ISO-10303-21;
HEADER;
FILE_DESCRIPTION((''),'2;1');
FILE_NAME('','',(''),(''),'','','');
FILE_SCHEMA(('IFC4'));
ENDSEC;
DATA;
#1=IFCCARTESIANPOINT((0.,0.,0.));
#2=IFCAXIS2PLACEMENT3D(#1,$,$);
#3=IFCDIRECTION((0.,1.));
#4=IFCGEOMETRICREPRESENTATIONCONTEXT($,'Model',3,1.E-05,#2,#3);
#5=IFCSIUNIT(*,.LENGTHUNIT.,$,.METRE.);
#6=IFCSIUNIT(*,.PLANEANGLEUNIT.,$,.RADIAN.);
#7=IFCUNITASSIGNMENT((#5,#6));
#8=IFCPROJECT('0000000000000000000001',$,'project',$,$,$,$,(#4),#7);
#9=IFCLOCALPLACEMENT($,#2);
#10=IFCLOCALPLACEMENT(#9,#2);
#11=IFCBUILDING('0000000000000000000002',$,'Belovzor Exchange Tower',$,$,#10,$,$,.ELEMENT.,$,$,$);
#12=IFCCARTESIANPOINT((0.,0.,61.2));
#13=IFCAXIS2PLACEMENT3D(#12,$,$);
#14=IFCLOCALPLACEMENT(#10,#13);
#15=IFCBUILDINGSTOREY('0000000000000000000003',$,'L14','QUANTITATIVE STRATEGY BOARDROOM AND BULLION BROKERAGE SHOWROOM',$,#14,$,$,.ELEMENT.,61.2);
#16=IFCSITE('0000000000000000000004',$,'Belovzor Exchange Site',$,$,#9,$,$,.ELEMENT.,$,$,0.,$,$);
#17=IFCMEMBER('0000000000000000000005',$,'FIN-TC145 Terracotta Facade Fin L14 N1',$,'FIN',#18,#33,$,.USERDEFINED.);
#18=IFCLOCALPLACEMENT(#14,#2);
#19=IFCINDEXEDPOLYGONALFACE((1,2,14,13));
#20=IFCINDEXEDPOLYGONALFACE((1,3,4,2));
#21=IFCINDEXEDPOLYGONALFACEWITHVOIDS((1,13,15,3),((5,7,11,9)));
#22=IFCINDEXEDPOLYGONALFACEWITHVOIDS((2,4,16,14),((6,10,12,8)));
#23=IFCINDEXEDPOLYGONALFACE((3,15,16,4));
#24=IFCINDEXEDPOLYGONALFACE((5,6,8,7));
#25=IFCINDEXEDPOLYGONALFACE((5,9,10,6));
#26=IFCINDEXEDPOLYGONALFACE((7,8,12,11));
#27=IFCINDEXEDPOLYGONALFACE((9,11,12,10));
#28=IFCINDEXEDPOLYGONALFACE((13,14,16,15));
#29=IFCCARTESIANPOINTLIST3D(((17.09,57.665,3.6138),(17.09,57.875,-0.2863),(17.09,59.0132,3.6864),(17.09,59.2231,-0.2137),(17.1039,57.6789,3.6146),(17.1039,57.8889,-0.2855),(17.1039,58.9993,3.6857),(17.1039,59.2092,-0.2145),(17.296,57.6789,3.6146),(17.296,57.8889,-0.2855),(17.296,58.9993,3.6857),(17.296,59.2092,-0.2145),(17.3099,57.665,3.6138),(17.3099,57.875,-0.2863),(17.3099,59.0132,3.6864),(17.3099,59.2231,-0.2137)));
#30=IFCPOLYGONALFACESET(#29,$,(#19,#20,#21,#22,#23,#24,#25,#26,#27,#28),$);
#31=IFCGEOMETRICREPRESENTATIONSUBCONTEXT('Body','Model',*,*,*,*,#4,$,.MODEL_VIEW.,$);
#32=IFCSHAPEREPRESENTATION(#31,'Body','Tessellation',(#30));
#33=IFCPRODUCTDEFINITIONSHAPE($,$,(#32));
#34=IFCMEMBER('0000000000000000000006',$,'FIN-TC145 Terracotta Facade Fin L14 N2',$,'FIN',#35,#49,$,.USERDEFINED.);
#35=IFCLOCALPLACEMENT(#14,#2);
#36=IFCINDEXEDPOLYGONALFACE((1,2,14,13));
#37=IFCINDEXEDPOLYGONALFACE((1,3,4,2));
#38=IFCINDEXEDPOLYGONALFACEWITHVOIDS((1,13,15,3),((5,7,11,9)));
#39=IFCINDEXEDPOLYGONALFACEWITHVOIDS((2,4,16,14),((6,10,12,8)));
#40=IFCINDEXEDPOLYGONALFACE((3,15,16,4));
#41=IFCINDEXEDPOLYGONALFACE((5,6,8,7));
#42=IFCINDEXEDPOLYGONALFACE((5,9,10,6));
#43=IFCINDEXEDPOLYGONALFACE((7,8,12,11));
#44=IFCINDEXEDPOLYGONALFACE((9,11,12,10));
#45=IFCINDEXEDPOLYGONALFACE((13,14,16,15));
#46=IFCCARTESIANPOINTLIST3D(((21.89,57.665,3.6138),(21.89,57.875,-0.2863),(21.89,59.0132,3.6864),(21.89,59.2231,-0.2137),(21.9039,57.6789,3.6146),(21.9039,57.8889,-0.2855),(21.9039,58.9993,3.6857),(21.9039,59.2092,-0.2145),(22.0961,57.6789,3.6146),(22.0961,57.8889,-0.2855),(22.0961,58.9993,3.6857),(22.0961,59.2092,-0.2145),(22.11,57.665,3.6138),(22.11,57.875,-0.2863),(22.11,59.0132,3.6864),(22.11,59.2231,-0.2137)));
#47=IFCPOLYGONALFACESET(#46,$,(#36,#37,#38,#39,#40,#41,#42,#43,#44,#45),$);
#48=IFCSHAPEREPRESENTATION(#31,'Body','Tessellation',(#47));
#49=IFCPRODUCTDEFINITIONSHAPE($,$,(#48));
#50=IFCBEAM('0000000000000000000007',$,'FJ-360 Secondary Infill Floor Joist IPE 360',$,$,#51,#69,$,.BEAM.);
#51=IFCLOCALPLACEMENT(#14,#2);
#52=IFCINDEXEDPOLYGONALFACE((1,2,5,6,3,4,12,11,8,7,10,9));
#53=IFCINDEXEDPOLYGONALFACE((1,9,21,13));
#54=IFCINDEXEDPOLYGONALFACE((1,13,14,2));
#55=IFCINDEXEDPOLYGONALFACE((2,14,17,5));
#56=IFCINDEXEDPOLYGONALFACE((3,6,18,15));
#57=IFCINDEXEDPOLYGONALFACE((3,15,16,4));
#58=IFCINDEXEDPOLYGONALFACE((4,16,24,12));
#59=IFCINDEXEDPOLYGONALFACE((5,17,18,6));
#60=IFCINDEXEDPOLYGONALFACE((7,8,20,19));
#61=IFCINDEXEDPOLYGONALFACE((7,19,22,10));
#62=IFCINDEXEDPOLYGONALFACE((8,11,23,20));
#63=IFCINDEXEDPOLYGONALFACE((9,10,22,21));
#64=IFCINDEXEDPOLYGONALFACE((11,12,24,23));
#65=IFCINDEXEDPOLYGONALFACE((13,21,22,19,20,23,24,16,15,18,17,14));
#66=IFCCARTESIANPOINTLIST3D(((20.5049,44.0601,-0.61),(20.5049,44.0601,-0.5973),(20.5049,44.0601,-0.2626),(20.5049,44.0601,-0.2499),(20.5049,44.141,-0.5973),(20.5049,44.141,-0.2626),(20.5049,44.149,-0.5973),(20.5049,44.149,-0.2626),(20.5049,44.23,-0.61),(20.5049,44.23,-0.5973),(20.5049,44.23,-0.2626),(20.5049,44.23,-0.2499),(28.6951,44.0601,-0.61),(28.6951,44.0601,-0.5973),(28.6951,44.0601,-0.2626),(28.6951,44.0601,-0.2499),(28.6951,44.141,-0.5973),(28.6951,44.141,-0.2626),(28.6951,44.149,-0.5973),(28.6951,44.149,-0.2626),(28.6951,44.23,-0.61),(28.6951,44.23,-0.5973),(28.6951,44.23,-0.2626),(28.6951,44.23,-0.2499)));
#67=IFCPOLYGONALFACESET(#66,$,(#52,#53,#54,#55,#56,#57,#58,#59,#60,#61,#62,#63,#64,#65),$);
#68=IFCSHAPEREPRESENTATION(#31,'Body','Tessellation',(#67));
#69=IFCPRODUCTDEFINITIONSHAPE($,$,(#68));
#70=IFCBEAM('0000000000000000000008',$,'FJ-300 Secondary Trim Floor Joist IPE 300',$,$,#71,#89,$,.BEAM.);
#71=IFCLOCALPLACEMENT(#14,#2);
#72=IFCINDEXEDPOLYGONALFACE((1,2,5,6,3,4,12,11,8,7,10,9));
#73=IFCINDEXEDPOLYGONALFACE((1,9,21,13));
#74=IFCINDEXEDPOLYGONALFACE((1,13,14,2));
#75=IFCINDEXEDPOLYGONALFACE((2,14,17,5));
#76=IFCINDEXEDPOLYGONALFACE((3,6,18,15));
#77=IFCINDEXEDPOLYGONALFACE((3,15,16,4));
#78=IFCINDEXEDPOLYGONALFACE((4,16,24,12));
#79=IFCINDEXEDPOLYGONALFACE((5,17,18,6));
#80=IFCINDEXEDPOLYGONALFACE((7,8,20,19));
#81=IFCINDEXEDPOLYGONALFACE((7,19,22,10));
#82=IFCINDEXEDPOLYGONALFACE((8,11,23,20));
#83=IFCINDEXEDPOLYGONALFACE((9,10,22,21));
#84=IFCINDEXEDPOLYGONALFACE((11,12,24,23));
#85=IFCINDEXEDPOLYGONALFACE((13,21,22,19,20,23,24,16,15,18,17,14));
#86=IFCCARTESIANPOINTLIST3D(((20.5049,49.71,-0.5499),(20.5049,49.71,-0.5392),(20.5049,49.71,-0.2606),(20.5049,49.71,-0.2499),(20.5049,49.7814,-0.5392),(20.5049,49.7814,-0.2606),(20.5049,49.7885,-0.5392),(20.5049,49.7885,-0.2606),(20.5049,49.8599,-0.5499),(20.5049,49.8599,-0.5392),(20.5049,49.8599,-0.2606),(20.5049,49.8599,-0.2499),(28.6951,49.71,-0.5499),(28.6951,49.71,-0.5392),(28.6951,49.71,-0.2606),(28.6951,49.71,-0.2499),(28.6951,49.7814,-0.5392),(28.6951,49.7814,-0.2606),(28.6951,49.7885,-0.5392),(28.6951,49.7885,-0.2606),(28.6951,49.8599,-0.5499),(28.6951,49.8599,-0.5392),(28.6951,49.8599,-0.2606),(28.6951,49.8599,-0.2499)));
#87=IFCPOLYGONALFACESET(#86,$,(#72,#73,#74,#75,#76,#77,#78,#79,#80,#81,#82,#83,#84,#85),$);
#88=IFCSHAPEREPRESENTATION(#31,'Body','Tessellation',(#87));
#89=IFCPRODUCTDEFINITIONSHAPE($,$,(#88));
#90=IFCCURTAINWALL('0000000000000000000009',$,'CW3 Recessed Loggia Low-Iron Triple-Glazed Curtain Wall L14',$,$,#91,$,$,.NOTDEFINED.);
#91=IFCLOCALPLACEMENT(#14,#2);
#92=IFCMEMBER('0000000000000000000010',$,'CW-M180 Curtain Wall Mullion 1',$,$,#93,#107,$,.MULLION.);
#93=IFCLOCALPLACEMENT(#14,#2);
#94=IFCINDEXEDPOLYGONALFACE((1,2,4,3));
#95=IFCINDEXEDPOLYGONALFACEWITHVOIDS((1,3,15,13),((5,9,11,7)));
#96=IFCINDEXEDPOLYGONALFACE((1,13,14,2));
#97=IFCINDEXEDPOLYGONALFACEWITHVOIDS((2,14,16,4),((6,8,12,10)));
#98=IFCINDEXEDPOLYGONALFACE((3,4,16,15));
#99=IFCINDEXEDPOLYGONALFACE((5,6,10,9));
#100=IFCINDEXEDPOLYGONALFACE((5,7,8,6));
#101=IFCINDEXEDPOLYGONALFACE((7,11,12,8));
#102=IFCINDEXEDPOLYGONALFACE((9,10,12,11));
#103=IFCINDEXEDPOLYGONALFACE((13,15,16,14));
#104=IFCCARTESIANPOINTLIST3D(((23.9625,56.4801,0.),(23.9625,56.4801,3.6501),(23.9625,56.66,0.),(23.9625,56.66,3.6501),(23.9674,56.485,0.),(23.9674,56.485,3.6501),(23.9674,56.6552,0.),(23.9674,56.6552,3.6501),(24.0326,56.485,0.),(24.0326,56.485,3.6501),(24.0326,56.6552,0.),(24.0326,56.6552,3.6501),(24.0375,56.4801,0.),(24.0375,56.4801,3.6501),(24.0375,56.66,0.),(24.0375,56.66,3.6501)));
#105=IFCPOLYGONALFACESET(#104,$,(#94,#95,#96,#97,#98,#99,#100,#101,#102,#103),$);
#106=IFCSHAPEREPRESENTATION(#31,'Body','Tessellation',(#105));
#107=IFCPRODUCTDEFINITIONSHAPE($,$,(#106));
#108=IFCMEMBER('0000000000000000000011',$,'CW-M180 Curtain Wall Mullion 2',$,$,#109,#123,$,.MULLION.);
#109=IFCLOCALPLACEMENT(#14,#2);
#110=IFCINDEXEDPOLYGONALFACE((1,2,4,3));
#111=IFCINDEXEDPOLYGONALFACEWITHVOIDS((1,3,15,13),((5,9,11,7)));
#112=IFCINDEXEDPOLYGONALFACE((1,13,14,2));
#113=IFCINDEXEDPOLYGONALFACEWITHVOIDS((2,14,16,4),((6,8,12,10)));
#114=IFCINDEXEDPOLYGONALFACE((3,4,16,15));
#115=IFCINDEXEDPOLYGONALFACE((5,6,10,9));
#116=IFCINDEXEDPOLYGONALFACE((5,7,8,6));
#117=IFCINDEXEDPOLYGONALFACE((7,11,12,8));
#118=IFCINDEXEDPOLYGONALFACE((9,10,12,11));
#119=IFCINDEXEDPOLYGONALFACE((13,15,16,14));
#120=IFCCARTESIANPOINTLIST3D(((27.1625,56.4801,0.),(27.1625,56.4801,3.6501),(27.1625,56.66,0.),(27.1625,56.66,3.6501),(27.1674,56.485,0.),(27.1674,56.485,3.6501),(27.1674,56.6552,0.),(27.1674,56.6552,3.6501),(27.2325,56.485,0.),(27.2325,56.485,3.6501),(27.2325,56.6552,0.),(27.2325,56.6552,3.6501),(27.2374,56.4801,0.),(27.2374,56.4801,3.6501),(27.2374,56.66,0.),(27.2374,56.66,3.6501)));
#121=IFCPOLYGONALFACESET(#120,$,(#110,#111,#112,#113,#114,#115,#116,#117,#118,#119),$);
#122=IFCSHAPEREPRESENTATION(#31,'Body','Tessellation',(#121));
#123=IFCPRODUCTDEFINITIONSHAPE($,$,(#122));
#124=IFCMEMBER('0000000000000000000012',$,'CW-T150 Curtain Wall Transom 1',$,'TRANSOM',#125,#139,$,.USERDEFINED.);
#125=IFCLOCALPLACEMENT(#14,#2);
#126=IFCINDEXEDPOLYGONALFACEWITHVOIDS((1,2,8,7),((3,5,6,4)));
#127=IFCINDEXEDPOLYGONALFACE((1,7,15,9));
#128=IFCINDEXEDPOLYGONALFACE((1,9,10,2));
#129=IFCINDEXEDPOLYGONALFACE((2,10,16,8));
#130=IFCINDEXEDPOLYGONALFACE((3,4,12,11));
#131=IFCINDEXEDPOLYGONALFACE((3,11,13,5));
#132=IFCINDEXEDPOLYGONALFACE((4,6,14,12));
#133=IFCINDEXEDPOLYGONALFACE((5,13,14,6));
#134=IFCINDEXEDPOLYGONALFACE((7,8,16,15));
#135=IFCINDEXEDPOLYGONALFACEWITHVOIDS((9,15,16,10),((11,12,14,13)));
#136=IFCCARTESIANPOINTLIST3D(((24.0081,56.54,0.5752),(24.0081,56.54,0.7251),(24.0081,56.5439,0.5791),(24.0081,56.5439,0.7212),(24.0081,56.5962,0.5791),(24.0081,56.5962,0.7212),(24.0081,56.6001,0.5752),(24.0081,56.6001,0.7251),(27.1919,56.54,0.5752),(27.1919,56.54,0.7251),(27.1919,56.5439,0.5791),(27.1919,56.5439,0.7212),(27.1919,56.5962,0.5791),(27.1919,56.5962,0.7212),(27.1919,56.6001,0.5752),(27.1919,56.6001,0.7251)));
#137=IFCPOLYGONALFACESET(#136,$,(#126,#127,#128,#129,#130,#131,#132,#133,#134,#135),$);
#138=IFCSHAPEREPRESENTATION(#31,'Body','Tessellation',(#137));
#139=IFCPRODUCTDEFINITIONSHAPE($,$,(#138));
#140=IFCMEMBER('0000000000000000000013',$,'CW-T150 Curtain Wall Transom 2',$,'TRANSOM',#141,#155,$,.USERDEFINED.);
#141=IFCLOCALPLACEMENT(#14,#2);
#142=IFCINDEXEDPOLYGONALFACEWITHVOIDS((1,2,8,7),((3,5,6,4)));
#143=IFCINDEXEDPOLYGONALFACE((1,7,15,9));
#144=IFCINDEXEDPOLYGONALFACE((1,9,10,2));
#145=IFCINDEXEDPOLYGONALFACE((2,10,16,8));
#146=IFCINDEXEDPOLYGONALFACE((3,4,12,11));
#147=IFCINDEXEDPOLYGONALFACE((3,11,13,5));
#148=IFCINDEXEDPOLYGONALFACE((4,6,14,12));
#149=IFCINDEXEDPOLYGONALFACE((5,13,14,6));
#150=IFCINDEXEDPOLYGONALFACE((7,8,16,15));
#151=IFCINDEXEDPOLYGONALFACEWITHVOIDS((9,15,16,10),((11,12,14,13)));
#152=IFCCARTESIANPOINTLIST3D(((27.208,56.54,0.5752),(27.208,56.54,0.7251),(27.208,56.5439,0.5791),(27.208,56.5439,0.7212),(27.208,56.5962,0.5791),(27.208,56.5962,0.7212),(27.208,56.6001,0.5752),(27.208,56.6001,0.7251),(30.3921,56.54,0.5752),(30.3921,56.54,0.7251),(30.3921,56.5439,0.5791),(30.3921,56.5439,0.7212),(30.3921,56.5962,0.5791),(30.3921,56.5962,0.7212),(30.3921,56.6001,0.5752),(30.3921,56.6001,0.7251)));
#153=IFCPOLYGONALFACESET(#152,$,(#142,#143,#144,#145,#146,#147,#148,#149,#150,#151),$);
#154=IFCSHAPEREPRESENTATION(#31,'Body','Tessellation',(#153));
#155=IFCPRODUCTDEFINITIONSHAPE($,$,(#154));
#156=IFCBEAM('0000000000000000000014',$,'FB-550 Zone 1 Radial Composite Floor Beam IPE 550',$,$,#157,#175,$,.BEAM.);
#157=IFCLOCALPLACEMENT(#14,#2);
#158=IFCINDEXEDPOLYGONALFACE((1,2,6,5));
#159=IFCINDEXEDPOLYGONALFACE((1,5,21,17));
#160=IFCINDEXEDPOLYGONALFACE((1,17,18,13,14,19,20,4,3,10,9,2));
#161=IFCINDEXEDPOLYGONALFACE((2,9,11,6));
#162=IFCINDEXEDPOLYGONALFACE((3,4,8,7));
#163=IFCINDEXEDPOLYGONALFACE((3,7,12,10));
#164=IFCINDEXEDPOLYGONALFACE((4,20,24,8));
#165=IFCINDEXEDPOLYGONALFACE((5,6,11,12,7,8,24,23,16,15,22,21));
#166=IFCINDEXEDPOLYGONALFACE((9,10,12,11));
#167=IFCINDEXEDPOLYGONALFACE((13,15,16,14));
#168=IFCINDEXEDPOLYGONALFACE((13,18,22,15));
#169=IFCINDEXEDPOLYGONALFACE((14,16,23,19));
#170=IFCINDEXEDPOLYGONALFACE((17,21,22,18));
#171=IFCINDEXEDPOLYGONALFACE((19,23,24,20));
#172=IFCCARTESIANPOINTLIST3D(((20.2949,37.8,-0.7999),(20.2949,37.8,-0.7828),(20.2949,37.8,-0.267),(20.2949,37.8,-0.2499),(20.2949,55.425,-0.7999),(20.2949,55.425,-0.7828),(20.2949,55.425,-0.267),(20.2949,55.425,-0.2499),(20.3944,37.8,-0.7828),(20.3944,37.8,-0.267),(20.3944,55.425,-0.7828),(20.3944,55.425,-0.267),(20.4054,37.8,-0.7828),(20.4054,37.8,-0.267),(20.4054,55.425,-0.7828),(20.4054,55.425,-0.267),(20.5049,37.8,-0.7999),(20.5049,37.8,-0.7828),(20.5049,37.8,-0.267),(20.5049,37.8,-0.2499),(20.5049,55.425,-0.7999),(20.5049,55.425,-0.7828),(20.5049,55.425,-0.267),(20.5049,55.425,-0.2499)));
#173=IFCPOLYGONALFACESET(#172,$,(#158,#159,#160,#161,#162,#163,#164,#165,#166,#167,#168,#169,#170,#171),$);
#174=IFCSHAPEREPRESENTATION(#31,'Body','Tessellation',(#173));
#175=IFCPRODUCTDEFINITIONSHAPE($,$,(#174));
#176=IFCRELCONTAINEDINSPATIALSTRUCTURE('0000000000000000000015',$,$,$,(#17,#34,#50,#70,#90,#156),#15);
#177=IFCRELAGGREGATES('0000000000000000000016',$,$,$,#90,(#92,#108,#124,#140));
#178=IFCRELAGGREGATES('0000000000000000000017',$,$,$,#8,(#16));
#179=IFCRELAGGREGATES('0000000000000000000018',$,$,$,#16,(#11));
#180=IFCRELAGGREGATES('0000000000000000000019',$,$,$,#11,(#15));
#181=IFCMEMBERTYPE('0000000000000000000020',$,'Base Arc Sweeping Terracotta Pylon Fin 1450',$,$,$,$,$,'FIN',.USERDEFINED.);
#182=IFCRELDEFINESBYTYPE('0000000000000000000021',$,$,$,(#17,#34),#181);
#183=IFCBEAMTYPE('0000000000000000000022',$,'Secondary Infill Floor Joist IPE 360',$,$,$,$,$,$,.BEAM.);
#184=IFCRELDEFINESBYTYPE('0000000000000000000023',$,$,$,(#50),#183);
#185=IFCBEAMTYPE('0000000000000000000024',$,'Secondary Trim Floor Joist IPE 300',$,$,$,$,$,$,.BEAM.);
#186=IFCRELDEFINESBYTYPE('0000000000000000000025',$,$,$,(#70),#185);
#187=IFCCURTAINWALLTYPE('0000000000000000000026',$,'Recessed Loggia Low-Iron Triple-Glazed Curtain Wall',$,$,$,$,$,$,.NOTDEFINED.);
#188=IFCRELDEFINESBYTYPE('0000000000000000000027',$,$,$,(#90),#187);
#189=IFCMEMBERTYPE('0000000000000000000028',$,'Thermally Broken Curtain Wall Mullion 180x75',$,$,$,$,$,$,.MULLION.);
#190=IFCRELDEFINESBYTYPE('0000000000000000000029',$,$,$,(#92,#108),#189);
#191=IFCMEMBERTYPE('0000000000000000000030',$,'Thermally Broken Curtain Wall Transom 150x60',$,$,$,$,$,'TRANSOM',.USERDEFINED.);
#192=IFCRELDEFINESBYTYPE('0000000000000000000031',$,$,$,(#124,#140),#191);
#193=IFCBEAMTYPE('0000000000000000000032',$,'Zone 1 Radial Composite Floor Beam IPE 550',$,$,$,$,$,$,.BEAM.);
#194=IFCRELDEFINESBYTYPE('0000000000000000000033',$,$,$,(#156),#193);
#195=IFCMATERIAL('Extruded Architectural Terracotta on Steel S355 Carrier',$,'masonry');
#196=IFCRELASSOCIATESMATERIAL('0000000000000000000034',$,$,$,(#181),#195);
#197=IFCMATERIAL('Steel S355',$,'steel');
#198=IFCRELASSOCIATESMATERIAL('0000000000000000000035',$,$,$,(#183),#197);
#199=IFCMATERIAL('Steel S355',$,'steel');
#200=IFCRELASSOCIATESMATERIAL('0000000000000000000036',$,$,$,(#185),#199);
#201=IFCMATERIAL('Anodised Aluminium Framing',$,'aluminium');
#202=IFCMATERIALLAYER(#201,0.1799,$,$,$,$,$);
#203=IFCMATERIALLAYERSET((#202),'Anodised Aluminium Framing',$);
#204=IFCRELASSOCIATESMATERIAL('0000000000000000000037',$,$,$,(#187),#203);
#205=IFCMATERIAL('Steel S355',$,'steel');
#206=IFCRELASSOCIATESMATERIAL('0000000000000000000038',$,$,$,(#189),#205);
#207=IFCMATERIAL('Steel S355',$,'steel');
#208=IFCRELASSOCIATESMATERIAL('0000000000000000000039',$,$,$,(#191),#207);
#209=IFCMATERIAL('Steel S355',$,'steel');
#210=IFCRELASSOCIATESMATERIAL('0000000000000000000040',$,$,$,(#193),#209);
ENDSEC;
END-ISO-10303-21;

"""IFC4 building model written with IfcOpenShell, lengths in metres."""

from ifc_helpers import new_model, si_unit, direction, frame, origin, origin_2d, place, context, subcontext, project, spatial, hollow_rectangle, i_section, extrude, material, layer, layer_set, material_profile, profile_set, type_object, element, aggregate, save


model = new_model("IFC4")

# Units and contexts
model_context = context("Model", 3, precision=1e-05, world=origin(), true_north=direction((0.0, 1.0)))
body_context = subcontext(model_context, "Body", "Model", "MODEL_VIEW")
ifc_project = project(units=[si_unit("LENGTHUNIT", "METRE"), si_unit("PLANEANGLEUNIT", "RADIAN")], contexts=[model_context])

# Site, building, storey
site_placement = place(None, origin())
site = spatial("IfcSite", under=ifc_project, at=site_placement, Name="Belovzor Exchange Site", CompositionType="ELEMENT", RefElevation=0.0)
building_placement = place(site_placement, origin())
building = spatial("IfcBuilding", under=site, at=building_placement, Name="Belovzor Exchange Tower", CompositionType="ELEMENT")
storey_placement = place(building_placement, frame((0.0, 0.0, 61.2)))
storey = spatial("IfcBuildingStorey", under=building, at=storey_placement, Name="L14", Description="QUANTITATIVE STRATEGY BOARDROOM AND BULLION BROKERAGE SHOWROOM", CompositionType="ELEMENT", Elevation=61.2)

# Members
ifc_material_1 = material(Name="Extruded Architectural Terracotta on Steel S355 Carrier", Category="masonry")
ifc_material_profile_1 = material_profile(ifc_material_1, hollow_rectangle(XDim=0.22, YDim=1.3501, WallThickness=0.0139, at=origin_2d()))
ifc_profile_set_1 = profile_set([ifc_material_profile_1], Name="Extruded Architectural Terracotta on Steel S355 Carrier")
member_type_1 = type_object("IfcMemberType", Name="Base Arc Sweeping Terracotta Pylon Fin 1450", ElementType="FIN", PredefinedType="USERDEFINED", material=ifc_profile_set_1)
for number, where, z_axis, x_axis, name in (
    (1, (17.2, 58.5491, -0.25), (0.0, -0.053756, 0.998554), (1.0, 0.0, 0.0), "FIN-TC145 Terracotta Facade Fin L14 N1"),
    (2, (22.0, 58.5491, -0.25), (0.0, -0.053756, 0.998554), (1.0, 0.0, 0.0), "FIN-TC145 Terracotta Facade Fin L14 N2"),
):
    element("IfcMember", number, at=place(storey_placement, frame(where, z_axis=z_axis, x_axis=x_axis)), inside=storey, type_object=member_type_1, Name=name, ObjectType="FIN", PredefinedType="USERDEFINED", context=body_context, shape_type="SweptSolid", body=[
        extrude(hollow_rectangle(XDim=0.22, YDim=1.3501, WallThickness=0.0139, at=origin_2d()), origin(), (0.0, 0.0, 1.0), 3.9058),
    ])

# Beams
ifc_material_2 = material(Name="Steel S355", Category="steel")
ifc_material_profile_2 = material_profile(ifc_material_2, i_section(OverallWidth=0.1699, OverallDepth=0.3601, WebThickness=0.0081, FlangeThickness=0.0127, at=origin_2d()))
ifc_profile_set_2 = profile_set([ifc_material_profile_2], Name="Steel S355")
beam_type_1 = type_object("IfcBeamType", Name="Secondary Infill Floor Joist IPE 360", PredefinedType="BEAM", material=ifc_profile_set_2)
beam_1_placement = place(storey_placement, frame((20.5049, 44.145, -0.4299), z_axis=(1.0, 0.0, 0.0), x_axis=(0.0, 1.0, 0.0)))
element("IfcBeam", 3, at=beam_1_placement, inside=storey, type_object=beam_type_1, Name="FJ-360 Secondary Infill Floor Joist IPE 360", PredefinedType="BEAM", context=body_context, shape_type="SweptSolid", body=[
    extrude(i_section(OverallWidth=0.1699, OverallDepth=0.3601, WebThickness=0.0081, FlangeThickness=0.0127, at=origin_2d()), origin(), (0.0, 0.0, 1.0), 8.1902),
])
ifc_material_3 = material(Name="Steel S355", Category="steel")
ifc_material_profile_3 = material_profile(ifc_material_3, i_section(OverallWidth=0.1499, OverallDepth=0.3, WebThickness=0.0071, FlangeThickness=0.0107, at=origin_2d()))
ifc_profile_set_3 = profile_set([ifc_material_profile_3], Name="Steel S355")
beam_type_2 = type_object("IfcBeamType", Name="Secondary Trim Floor Joist IPE 300", PredefinedType="BEAM", material=ifc_profile_set_3)
beam_2_placement = place(storey_placement, frame((20.5049, 49.7849, -0.3999), z_axis=(1.0, 0.0, 0.0), x_axis=(0.0, 1.0, 0.0)))
element("IfcBeam", 4, at=beam_2_placement, inside=storey, type_object=beam_type_2, Name="FJ-300 Secondary Trim Floor Joist IPE 300", PredefinedType="BEAM", context=body_context, shape_type="SweptSolid", body=[
    extrude(i_section(OverallWidth=0.1499, OverallDepth=0.3, WebThickness=0.0071, FlangeThickness=0.0107, at=origin_2d()), origin(), (0.0, 0.0, 1.0), 8.1902),
])

# Curtain wall, members
ifc_material_4 = material(Name="Anodised Aluminium Framing", Category="aluminium")
ifc_layer_1 = layer(ifc_material_4, 0.1799)
ifc_layer_set_1 = layer_set([ifc_layer_1], Name="Anodised Aluminium Framing")
curtain_wall_type = type_object("IfcCurtainWallType", Name="Recessed Loggia Low-Iron Triple-Glazed Curtain Wall", PredefinedType="NOTDEFINED", material=ifc_layer_set_1)
curtain_wall_placement = place(storey_placement, origin())
curtain_wall = element("IfcCurtainWall", 5, at=curtain_wall_placement, inside=storey, type_object=curtain_wall_type, Name="CW3 Recessed Loggia Low-Iron Triple-Glazed Curtain Wall L14", PredefinedType="NOTDEFINED")
ifc_material_5 = material(Name="Steel S355", Category="steel")
ifc_material_profile_4 = material_profile(ifc_material_5, hollow_rectangle(XDim=0.075, YDim=0.1799, WallThickness=0.0049, at=origin_2d()))
ifc_profile_set_4 = profile_set([ifc_material_profile_4], Name="Steel S355")
member_type_2 = type_object("IfcMemberType", Name="Thermally Broken Curtain Wall Mullion 180x75", PredefinedType="MULLION", material=ifc_profile_set_4)
member_1_placement = place(storey_placement, frame((24.0, 56.5701, 0.0), z_axis=(0.0, 0.0, 1.0), x_axis=(1.0, 0.0, 0.0)))
member_1 = element("IfcMember", 6, at=member_1_placement, type_object=member_type_2, Name="CW-M180 Curtain Wall Mullion 1", PredefinedType="MULLION", context=body_context, shape_type="SweptSolid", body=[
    extrude(hollow_rectangle(XDim=0.075, YDim=0.1799, WallThickness=0.0049, at=origin_2d()), origin(), (0.0, 0.0, 1.0), 3.6501),
])
member_2_placement = place(storey_placement, frame((27.2, 56.5701, 0.0), z_axis=(0.0, 0.0, 1.0), x_axis=(1.0, 0.0, 0.0)))
member_2 = element("IfcMember", 7, at=member_2_placement, type_object=member_type_2, Name="CW-M180 Curtain Wall Mullion 2", PredefinedType="MULLION", context=body_context, shape_type="SweptSolid", body=[
    extrude(hollow_rectangle(XDim=0.075, YDim=0.1799, WallThickness=0.0049, at=origin_2d()), origin(), (0.0, 0.0, 1.0), 3.6501),
])
ifc_material_6 = material(Name="Steel S355", Category="steel")
ifc_material_profile_5 = material_profile(ifc_material_6, hollow_rectangle(XDim=0.0601, YDim=0.1499, WallThickness=0.0039, at=origin_2d()))
ifc_profile_set_5 = profile_set([ifc_material_profile_5], Name="Steel S355")
member_type_3 = type_object("IfcMemberType", Name="Thermally Broken Curtain Wall Transom 150x60", ElementType="TRANSOM", PredefinedType="USERDEFINED", material=ifc_profile_set_5)
member_3_placement = place(storey_placement, frame((24.0081, 56.5701, 0.6501), z_axis=(1.0, 0.0, 0.0), x_axis=(0.0, 1.0, 0.0)))
member_3 = element("IfcMember", 8, at=member_3_placement, type_object=member_type_3, Name="CW-T150 Curtain Wall Transom 1", ObjectType="TRANSOM", PredefinedType="USERDEFINED", context=body_context, shape_type="SweptSolid", body=[
    extrude(hollow_rectangle(XDim=0.0601, YDim=0.1499, WallThickness=0.0039, at=origin_2d()), origin(), (0.0, 0.0, 1.0), 3.1838),
])
member_4_placement = place(storey_placement, frame((27.208, 56.5701, 0.6501), z_axis=(1.0, 0.0, 0.0), x_axis=(0.0, 1.0, 0.0)))
member_4 = element("IfcMember", 9, at=member_4_placement, type_object=member_type_3, Name="CW-T150 Curtain Wall Transom 2", ObjectType="TRANSOM", PredefinedType="USERDEFINED", context=body_context, shape_type="SweptSolid", body=[
    extrude(hollow_rectangle(XDim=0.0601, YDim=0.1499, WallThickness=0.0039, at=origin_2d()), origin(), (0.0, 0.0, 1.0), 3.1841),
])

# Beam
ifc_material_7 = material(Name="Steel S355", Category="steel")
ifc_material_profile_6 = material_profile(ifc_material_7, i_section(OverallWidth=0.21, OverallDepth=0.55, WebThickness=0.011, FlangeThickness=0.0171, at=origin_2d()))
ifc_profile_set_6 = profile_set([ifc_material_profile_6], Name="Steel S355")
beam_type_3 = type_object("IfcBeamType", Name="Zone 1 Radial Composite Floor Beam IPE 550", PredefinedType="BEAM", material=ifc_profile_set_6)
for number, where, z_axis, x_axis, name in (
    (10, (20.3999, 37.8, -0.5249), (0.0, 1.0, 0.0), (-1.0, 0.0, 0.0), "FB-550 Zone 1 Radial Composite Floor Beam IPE 550"),
):
    element("IfcBeam", number, at=place(storey_placement, frame(where, z_axis=z_axis, x_axis=x_axis)), inside=storey, type_object=beam_type_3, Name=name, PredefinedType="BEAM", context=body_context, shape_type="SweptSolid", body=[
        extrude(i_section(OverallWidth=0.21, OverallDepth=0.55, WebThickness=0.011, FlangeThickness=0.0171, at=origin_2d()), origin(), (0.0, 0.0, 1.0), 17.625),
    ])

aggregate(curtain_wall, [member_1, member_2, member_3, member_4])

save(model, "model.ifc")
